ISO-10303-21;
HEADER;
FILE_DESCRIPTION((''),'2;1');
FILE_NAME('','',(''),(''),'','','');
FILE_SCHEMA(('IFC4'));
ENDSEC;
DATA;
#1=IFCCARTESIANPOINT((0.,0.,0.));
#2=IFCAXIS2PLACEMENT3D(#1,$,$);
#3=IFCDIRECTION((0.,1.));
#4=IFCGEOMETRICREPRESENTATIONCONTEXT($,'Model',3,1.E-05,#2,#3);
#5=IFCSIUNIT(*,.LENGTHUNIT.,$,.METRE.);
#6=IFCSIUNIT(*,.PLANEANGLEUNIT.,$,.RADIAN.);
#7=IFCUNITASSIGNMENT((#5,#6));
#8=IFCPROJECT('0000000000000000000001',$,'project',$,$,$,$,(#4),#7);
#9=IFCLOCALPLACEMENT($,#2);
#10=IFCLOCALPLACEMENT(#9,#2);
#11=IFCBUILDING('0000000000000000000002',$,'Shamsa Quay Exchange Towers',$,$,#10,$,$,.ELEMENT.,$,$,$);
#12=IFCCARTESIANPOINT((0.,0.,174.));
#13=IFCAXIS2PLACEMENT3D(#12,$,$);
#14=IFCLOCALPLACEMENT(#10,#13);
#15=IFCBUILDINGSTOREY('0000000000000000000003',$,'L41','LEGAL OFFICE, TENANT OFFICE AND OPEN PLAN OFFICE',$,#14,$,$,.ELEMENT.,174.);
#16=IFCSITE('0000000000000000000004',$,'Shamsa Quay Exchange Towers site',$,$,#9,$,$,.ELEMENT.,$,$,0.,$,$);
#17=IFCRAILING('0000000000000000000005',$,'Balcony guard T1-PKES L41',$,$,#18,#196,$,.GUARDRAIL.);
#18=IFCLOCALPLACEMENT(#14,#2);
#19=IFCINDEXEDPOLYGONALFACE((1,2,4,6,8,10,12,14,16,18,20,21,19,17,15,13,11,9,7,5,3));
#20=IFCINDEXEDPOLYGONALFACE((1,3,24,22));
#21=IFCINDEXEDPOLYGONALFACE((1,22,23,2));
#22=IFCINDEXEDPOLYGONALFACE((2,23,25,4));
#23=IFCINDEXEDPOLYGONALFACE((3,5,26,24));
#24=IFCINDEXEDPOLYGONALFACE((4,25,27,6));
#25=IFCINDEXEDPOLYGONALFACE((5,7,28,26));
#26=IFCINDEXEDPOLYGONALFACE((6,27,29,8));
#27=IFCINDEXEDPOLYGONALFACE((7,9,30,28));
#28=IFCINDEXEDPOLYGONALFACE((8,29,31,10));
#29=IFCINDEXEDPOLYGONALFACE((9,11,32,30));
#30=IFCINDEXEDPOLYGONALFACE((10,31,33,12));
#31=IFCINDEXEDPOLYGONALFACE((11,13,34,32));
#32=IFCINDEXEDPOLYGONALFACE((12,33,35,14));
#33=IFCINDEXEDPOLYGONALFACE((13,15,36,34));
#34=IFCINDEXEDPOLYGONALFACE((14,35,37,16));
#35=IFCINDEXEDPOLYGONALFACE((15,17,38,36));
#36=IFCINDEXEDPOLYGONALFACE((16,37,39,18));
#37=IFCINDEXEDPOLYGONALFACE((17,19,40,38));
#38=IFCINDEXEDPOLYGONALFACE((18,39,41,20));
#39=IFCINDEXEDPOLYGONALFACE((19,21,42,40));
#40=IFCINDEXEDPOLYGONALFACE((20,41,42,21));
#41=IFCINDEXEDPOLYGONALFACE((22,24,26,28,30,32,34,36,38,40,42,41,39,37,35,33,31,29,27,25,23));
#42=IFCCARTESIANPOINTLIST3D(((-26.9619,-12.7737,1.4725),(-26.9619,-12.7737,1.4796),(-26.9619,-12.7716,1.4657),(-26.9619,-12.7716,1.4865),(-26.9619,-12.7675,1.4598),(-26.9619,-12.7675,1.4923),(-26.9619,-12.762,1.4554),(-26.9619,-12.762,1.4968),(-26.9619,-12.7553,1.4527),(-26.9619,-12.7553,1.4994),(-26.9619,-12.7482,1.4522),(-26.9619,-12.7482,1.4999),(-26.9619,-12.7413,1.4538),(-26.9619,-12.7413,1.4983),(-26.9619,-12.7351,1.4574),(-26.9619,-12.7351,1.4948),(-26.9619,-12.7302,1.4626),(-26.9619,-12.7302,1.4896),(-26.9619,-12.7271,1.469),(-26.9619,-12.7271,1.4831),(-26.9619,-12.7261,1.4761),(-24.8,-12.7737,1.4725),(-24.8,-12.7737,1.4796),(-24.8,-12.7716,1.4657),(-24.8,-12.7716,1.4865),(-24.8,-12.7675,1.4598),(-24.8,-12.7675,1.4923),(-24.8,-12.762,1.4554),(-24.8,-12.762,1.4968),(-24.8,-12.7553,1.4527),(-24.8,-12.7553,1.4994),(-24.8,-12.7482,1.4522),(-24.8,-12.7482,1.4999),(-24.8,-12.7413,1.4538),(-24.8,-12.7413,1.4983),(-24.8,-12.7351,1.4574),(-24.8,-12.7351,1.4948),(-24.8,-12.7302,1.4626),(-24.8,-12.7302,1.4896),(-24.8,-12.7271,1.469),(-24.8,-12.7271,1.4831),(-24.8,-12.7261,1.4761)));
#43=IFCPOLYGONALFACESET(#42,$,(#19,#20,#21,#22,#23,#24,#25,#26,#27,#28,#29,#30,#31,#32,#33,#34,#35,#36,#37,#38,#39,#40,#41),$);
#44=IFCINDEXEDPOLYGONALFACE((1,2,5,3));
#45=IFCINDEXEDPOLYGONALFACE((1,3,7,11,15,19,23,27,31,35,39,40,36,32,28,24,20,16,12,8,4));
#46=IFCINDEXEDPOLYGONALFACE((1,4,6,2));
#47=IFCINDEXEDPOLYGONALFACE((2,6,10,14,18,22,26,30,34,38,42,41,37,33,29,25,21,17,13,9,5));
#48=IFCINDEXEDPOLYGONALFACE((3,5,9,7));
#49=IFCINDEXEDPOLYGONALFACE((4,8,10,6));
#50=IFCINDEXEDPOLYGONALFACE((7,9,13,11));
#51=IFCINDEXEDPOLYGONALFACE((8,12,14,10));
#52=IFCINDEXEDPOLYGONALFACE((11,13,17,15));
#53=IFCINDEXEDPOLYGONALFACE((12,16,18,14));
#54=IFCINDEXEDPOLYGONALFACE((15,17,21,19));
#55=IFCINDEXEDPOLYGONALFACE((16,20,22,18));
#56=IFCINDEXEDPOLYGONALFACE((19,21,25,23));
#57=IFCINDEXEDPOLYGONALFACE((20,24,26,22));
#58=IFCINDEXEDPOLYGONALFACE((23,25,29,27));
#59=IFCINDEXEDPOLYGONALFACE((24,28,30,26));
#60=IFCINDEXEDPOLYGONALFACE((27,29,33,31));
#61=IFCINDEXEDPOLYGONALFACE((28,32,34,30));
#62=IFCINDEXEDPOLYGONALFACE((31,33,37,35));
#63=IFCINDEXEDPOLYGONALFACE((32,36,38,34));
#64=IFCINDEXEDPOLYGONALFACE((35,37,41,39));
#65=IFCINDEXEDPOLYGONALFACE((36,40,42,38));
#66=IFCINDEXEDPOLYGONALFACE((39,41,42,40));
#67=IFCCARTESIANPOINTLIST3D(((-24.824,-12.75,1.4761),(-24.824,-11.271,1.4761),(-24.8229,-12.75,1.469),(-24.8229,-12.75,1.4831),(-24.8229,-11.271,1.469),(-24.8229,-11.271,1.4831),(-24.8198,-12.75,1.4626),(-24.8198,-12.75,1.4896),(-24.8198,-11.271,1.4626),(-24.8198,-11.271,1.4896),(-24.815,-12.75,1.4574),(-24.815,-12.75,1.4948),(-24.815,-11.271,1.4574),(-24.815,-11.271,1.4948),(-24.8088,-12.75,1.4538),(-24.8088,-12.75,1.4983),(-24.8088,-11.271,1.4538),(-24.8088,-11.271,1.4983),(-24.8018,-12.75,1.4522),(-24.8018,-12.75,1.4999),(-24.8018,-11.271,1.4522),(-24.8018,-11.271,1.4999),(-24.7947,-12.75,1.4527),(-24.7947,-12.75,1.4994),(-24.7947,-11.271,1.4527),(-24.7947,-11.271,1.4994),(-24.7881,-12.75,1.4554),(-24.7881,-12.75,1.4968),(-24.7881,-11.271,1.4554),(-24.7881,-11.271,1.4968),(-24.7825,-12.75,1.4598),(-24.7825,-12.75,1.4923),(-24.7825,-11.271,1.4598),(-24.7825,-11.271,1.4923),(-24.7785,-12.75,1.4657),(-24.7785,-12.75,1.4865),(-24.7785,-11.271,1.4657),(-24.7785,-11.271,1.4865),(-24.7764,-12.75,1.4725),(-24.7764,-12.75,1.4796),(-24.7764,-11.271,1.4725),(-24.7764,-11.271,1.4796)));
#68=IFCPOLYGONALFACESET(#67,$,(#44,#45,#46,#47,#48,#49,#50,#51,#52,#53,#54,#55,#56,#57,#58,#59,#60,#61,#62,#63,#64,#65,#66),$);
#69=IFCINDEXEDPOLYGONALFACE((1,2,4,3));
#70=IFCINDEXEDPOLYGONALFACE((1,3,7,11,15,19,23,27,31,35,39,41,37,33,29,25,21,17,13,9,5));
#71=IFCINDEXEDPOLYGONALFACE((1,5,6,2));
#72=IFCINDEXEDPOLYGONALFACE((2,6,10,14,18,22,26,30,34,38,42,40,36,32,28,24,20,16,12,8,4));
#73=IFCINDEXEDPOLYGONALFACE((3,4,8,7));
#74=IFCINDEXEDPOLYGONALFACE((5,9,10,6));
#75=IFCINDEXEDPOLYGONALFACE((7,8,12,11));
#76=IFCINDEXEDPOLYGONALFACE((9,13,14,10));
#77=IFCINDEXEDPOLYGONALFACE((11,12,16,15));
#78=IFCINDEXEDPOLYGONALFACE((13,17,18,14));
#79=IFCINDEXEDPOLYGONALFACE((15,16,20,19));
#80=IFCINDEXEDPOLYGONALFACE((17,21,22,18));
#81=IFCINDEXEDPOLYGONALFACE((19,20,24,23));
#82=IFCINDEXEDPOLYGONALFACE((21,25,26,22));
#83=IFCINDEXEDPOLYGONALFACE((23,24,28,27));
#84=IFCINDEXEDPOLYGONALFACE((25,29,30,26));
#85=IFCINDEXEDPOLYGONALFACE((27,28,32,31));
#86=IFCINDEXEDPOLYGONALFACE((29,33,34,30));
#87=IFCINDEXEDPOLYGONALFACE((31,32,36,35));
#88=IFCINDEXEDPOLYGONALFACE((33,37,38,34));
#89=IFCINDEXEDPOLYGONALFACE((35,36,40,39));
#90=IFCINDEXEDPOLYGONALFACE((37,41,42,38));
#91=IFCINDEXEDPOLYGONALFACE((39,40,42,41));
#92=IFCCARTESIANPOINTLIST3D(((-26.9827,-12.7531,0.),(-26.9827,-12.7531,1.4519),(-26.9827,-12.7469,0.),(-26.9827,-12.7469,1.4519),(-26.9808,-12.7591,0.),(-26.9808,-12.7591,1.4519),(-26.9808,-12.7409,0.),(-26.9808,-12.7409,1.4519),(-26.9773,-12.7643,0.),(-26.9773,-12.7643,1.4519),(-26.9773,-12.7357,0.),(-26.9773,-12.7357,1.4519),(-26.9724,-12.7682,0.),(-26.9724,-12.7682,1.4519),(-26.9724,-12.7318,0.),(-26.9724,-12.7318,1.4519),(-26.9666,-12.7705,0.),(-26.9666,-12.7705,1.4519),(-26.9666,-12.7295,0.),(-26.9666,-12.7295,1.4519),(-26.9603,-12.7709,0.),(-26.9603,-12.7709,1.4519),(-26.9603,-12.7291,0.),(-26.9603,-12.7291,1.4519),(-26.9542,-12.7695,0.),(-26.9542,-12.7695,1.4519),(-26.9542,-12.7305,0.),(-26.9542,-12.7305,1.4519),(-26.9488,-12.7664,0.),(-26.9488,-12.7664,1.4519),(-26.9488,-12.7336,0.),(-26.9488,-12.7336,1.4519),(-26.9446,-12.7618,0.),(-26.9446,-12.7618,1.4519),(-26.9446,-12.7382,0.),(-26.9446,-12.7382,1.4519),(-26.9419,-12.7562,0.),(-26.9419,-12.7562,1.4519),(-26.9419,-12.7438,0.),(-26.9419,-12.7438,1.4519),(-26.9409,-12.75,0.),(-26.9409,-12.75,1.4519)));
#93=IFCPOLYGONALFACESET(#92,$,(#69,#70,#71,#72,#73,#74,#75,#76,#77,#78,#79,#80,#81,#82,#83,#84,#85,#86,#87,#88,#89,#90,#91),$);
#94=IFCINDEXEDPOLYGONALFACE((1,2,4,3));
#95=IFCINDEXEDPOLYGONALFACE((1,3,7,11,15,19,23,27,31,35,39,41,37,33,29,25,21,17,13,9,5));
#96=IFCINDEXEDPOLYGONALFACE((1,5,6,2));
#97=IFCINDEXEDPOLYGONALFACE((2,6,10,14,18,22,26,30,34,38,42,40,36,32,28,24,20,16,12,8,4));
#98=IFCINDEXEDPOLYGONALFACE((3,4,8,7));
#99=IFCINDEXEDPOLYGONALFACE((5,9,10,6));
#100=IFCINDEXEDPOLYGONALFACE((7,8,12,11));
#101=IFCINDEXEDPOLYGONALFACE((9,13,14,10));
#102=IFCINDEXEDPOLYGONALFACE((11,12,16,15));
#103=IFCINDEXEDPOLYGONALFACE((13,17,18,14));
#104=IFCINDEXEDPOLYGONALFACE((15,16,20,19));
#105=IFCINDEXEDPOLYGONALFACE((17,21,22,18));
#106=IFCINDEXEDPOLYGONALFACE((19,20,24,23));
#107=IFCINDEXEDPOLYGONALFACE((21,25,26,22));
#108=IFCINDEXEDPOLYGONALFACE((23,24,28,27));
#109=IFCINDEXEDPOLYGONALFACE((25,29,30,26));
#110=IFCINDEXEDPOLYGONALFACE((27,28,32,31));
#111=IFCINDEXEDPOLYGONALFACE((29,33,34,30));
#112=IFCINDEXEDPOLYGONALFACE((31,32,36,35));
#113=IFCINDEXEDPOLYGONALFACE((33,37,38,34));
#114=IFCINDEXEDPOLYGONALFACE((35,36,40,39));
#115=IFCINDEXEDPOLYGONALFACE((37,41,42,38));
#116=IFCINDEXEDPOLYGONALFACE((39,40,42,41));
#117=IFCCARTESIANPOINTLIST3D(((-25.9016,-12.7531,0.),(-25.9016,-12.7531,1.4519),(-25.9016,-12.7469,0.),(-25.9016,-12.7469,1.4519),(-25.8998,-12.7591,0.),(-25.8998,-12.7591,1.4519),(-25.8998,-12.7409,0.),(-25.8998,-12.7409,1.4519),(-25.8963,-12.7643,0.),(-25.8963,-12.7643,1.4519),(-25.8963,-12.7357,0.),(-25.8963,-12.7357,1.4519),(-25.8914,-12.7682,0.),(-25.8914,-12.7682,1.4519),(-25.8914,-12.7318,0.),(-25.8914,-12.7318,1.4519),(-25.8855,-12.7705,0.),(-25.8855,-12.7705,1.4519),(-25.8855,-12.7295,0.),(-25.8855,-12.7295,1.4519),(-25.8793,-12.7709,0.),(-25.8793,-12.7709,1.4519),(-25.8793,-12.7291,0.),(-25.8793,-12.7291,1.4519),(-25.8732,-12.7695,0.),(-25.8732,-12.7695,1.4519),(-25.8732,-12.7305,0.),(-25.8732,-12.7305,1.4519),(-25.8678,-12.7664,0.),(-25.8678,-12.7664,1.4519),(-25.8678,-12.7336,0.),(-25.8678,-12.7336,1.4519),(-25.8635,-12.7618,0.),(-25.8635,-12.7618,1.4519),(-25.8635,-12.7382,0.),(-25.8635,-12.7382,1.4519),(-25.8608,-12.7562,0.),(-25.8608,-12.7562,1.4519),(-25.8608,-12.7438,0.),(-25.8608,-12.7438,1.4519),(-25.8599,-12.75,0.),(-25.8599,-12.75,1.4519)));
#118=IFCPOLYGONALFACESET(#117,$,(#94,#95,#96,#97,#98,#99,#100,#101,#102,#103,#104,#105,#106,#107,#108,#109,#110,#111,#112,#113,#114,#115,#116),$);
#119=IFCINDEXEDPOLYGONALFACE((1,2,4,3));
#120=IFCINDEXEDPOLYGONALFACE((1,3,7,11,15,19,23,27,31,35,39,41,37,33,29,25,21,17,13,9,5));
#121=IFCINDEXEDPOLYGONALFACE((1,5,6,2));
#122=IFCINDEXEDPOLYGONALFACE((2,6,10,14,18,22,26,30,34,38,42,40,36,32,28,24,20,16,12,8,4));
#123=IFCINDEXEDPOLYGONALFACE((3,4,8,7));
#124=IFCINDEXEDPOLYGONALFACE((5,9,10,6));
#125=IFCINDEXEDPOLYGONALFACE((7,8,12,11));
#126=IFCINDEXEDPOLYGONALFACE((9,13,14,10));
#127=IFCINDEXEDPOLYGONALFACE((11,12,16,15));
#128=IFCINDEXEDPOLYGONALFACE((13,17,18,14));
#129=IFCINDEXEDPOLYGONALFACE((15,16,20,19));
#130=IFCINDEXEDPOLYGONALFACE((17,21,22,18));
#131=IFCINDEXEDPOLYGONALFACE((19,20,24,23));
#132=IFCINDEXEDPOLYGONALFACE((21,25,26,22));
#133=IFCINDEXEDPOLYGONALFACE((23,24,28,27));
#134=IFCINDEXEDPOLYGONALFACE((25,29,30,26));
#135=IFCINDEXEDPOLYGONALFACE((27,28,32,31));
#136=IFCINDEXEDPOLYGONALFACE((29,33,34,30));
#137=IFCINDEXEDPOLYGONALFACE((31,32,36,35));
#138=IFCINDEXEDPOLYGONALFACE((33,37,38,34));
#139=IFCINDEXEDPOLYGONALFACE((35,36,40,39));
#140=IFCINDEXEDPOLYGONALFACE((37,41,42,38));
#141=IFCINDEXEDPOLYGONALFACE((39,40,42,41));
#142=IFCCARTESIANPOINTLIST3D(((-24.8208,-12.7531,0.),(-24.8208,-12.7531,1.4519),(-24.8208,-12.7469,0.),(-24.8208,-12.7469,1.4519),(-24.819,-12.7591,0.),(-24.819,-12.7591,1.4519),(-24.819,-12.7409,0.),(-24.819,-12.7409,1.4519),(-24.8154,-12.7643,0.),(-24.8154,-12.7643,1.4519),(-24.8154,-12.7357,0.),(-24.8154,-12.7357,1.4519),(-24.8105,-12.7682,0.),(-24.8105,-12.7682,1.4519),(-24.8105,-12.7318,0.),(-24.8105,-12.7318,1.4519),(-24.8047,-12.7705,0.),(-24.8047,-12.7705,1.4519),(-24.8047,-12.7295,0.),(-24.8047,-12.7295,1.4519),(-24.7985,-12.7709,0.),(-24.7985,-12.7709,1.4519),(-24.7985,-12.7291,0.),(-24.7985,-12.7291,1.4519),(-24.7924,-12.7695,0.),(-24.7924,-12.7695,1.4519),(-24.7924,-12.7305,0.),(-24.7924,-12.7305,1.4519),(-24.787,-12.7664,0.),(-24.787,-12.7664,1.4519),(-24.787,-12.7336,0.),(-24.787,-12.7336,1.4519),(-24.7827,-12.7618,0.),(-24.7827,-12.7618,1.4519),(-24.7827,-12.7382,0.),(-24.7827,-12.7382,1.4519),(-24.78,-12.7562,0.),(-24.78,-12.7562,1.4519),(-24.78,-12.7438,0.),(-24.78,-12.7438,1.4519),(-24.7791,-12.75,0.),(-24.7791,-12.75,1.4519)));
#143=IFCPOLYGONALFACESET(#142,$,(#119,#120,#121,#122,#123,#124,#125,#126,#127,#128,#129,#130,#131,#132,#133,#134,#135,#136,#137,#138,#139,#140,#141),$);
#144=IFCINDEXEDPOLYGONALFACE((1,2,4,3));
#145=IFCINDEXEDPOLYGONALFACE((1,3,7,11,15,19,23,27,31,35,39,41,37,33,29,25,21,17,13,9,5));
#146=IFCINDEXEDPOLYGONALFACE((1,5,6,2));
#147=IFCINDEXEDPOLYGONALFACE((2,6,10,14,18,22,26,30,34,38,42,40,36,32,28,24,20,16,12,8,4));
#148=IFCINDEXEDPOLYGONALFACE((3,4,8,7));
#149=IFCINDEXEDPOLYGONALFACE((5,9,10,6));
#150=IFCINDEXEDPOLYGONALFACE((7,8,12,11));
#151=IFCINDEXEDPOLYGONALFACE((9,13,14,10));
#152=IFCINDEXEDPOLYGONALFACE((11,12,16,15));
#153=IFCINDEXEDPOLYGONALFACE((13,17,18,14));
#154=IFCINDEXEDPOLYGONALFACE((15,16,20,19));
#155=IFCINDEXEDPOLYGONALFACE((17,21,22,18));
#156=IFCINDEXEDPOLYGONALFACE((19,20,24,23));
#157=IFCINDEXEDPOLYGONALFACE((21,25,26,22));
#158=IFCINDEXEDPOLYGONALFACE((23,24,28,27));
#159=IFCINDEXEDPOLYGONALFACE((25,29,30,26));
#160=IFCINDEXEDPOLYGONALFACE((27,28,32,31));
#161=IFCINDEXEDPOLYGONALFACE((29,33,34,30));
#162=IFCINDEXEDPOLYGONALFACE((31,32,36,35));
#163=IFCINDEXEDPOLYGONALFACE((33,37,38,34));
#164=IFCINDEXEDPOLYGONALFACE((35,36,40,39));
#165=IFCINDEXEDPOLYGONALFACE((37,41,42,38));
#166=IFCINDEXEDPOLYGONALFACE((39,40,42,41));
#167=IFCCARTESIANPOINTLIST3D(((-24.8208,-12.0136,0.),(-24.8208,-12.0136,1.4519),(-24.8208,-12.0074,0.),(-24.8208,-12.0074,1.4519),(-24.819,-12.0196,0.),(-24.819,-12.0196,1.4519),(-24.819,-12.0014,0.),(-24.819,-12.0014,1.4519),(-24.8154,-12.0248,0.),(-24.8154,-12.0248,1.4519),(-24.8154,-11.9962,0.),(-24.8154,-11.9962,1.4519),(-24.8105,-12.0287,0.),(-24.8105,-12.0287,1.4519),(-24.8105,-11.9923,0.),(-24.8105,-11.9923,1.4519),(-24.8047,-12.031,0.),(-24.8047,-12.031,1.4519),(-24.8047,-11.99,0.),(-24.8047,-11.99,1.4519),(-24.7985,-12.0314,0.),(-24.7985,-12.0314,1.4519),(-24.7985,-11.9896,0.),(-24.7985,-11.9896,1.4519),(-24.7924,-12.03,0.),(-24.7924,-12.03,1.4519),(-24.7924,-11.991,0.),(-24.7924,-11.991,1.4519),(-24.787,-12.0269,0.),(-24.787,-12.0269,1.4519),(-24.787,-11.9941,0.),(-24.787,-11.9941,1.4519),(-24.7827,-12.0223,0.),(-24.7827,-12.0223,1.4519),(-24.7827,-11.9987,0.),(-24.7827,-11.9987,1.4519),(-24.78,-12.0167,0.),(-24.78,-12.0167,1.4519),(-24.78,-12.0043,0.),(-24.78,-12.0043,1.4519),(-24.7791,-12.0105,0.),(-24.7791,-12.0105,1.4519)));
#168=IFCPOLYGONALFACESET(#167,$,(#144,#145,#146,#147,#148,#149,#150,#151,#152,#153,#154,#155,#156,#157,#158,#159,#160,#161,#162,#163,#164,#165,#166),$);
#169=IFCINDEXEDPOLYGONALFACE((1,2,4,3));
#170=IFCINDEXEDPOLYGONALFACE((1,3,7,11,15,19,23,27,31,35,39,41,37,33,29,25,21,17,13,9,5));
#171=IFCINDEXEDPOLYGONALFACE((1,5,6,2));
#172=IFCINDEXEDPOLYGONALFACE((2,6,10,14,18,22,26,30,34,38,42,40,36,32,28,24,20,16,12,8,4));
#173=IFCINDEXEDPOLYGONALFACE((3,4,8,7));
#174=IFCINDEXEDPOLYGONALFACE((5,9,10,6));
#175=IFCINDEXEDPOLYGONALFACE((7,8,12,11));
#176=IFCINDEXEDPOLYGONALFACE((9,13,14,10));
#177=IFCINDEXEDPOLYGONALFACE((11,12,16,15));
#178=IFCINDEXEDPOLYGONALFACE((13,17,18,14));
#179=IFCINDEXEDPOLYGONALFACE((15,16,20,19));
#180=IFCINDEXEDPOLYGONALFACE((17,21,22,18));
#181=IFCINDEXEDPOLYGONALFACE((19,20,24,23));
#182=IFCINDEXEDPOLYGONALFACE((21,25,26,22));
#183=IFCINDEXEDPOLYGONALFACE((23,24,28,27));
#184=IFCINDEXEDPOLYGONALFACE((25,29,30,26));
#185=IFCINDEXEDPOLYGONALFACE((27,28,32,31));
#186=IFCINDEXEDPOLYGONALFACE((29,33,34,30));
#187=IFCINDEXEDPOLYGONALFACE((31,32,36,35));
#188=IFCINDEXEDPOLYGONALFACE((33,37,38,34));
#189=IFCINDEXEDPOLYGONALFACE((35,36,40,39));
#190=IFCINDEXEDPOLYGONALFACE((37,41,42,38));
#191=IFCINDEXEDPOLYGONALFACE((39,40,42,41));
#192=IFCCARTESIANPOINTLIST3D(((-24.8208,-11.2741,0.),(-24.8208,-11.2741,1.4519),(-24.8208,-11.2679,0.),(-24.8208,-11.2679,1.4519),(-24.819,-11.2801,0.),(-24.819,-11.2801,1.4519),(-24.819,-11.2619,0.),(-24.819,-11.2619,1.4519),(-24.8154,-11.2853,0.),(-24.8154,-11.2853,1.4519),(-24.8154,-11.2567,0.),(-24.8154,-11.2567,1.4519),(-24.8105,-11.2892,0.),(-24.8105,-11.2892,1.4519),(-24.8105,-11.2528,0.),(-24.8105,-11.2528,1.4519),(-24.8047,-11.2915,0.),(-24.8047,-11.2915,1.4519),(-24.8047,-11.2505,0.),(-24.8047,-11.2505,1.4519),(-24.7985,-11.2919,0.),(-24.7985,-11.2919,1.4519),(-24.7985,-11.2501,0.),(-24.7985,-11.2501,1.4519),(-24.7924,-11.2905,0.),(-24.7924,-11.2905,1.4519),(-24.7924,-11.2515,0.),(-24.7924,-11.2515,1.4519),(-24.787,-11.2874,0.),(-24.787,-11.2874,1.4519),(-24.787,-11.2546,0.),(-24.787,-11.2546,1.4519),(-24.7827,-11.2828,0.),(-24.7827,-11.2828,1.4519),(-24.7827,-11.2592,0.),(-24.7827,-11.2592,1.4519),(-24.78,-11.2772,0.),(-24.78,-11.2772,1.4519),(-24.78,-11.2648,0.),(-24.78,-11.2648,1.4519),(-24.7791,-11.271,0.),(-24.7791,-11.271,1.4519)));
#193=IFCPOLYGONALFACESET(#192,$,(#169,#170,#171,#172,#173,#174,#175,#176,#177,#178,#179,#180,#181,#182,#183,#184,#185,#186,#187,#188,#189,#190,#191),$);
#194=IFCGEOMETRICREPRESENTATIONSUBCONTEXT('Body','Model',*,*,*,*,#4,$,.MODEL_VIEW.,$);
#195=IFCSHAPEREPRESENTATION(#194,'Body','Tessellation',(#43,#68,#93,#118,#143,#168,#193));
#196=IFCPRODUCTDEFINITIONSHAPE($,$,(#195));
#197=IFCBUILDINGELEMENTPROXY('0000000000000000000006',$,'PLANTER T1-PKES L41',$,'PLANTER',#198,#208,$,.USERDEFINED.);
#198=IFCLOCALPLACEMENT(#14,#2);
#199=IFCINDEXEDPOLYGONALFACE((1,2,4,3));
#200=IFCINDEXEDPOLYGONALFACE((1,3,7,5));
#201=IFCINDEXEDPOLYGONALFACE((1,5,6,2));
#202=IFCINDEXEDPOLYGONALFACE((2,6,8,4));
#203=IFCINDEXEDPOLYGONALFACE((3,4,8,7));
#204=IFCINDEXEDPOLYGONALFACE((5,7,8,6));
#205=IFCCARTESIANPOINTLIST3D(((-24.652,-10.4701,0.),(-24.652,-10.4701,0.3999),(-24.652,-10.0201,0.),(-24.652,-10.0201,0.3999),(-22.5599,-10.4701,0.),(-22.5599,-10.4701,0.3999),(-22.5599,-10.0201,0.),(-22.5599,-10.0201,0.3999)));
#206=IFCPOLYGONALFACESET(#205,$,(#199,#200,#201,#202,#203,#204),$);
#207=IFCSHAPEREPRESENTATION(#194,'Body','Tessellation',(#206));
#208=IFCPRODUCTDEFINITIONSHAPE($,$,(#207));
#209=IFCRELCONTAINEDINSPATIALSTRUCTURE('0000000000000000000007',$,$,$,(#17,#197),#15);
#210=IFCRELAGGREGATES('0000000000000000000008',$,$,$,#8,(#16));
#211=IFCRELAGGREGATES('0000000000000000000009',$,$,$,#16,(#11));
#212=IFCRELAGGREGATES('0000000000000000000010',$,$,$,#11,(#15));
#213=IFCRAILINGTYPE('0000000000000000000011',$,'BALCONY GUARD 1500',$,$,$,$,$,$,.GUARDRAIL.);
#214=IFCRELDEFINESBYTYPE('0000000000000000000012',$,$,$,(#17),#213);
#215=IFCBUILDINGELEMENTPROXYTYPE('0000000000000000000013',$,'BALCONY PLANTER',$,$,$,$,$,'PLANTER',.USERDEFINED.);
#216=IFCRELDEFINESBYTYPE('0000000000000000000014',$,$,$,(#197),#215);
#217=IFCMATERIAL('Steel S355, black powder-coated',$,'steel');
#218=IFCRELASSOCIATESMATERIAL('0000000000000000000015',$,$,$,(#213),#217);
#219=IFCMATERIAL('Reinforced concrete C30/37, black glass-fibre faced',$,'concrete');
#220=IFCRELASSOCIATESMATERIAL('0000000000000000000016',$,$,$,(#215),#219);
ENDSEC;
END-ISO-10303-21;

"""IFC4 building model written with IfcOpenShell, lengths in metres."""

from ifc_helpers import new_model, si_unit, direction, frame, origin, origin_2d, place, context, subcontext, project, spatial, rectangle, circle, extrude, material, type_object, element, save


model = new_model("IFC4")

# Units and contexts
model_context = context("Model", 3, precision=1e-05, world=origin(), true_north=direction((0.0, 1.0)))
body_context = subcontext(model_context, "Body", "Model", "MODEL_VIEW")
ifc_project = project(units=[si_unit("LENGTHUNIT", "METRE"), si_unit("PLANEANGLEUNIT", "RADIAN")], contexts=[model_context])

# Site, building, storey
site_placement = place(None, origin())
site = spatial("IfcSite", under=ifc_project, at=site_placement, Name="Shamsa Quay Exchange Towers site", CompositionType="ELEMENT", RefElevation=0.0)
building_placement = place(site_placement, origin())
building = spatial("IfcBuilding", under=site, at=building_placement, Name="Shamsa Quay Exchange Towers", CompositionType="ELEMENT")
storey_placement = place(building_placement, frame((0.0, 0.0, 174.0)))
storey = spatial("IfcBuildingStorey", under=building, at=storey_placement, Name="L41", Description="LEGAL OFFICE, TENANT OFFICE AND OPEN PLAN OFFICE", CompositionType="ELEMENT", Elevation=174.0)

# Railing
ifc_material_1 = material(Name="Steel S355, black powder-coated", Category="steel")
railing_type_1 = type_object("IfcRailingType", Name="BALCONY GUARD 1500", PredefinedType="GUARDRAIL", material=ifc_material_1)
for number, where, name in (
    (1, (-26.9619, -12.75, 0.0), "Balcony guard T1-PKES L41"),
):
    element("IfcRailing", number, at=place(storey_placement, frame(where)), inside=storey, type_object=railing_type_1, Name=name, PredefinedType="GUARDRAIL", context=body_context, shape_type="SweptSolid", body=[
        extrude(circle(Radius=0.0239, at=origin_2d()), frame((0.0, 0.0, 1.4761), z_axis=(1.0, 0.0, 0.0), x_axis=(0.0, 1.0, 0.0)), (0.0, 0.0, 1.0), 2.1619),
        extrude(circle(Radius=0.0239, at=origin_2d()), frame((2.1619, 0.0, 1.4761), z_axis=(0.0, 1.0, 0.0), x_axis=(-1.0, 0.0, 0.0)), (0.0, 0.0, 1.0), 1.479),
        extrude(circle(Radius=0.021, at=origin_2d()), origin(), (0.0, 0.0, 1.0), 1.4519),
        extrude(circle(Radius=0.021, at=origin_2d()), frame((1.0811, 0.0, 0.0)), (0.0, 0.0, 1.0), 1.4519),
        extrude(circle(Radius=0.021, at=origin_2d()), frame((2.1619, 0.0, 0.0)), (0.0, 0.0, 1.0), 1.4519),
        extrude(circle(Radius=0.021, at=origin_2d()), frame((2.1619, 0.7395, 0.0)), (0.0, 0.0, 1.0), 1.4519),
        extrude(circle(Radius=0.021, at=origin_2d()), frame((2.1619, 1.479, 0.0)), (0.0, 0.0, 1.0), 1.4519),
    ])

# Building element proxy
ifc_material_2 = material(Name="Reinforced concrete C30/37, black glass-fibre faced", Category="concrete")
building_element_proxy_type = type_object("IfcBuildingElementProxyType", Name="BALCONY PLANTER", ElementType="PLANTER", PredefinedType="USERDEFINED", material=ifc_material_2)
for number, where, name in (
    (2, (-23.606, -10.2451, 0.0), "PLANTER T1-PKES L41"),
):
    element("IfcBuildingElementProxy", number, at=place(storey_placement, frame(where)), inside=storey, type_object=building_element_proxy_type, Name=name, ObjectType="PLANTER", PredefinedType="USERDEFINED", context=body_context, shape_type="SweptSolid", body=[
        extrude(rectangle(XDim=2.092, YDim=0.45, at=origin_2d()), origin(), (0.0, 0.0, 1.0), 0.3999),
    ])

save(model, "model.ifc")
